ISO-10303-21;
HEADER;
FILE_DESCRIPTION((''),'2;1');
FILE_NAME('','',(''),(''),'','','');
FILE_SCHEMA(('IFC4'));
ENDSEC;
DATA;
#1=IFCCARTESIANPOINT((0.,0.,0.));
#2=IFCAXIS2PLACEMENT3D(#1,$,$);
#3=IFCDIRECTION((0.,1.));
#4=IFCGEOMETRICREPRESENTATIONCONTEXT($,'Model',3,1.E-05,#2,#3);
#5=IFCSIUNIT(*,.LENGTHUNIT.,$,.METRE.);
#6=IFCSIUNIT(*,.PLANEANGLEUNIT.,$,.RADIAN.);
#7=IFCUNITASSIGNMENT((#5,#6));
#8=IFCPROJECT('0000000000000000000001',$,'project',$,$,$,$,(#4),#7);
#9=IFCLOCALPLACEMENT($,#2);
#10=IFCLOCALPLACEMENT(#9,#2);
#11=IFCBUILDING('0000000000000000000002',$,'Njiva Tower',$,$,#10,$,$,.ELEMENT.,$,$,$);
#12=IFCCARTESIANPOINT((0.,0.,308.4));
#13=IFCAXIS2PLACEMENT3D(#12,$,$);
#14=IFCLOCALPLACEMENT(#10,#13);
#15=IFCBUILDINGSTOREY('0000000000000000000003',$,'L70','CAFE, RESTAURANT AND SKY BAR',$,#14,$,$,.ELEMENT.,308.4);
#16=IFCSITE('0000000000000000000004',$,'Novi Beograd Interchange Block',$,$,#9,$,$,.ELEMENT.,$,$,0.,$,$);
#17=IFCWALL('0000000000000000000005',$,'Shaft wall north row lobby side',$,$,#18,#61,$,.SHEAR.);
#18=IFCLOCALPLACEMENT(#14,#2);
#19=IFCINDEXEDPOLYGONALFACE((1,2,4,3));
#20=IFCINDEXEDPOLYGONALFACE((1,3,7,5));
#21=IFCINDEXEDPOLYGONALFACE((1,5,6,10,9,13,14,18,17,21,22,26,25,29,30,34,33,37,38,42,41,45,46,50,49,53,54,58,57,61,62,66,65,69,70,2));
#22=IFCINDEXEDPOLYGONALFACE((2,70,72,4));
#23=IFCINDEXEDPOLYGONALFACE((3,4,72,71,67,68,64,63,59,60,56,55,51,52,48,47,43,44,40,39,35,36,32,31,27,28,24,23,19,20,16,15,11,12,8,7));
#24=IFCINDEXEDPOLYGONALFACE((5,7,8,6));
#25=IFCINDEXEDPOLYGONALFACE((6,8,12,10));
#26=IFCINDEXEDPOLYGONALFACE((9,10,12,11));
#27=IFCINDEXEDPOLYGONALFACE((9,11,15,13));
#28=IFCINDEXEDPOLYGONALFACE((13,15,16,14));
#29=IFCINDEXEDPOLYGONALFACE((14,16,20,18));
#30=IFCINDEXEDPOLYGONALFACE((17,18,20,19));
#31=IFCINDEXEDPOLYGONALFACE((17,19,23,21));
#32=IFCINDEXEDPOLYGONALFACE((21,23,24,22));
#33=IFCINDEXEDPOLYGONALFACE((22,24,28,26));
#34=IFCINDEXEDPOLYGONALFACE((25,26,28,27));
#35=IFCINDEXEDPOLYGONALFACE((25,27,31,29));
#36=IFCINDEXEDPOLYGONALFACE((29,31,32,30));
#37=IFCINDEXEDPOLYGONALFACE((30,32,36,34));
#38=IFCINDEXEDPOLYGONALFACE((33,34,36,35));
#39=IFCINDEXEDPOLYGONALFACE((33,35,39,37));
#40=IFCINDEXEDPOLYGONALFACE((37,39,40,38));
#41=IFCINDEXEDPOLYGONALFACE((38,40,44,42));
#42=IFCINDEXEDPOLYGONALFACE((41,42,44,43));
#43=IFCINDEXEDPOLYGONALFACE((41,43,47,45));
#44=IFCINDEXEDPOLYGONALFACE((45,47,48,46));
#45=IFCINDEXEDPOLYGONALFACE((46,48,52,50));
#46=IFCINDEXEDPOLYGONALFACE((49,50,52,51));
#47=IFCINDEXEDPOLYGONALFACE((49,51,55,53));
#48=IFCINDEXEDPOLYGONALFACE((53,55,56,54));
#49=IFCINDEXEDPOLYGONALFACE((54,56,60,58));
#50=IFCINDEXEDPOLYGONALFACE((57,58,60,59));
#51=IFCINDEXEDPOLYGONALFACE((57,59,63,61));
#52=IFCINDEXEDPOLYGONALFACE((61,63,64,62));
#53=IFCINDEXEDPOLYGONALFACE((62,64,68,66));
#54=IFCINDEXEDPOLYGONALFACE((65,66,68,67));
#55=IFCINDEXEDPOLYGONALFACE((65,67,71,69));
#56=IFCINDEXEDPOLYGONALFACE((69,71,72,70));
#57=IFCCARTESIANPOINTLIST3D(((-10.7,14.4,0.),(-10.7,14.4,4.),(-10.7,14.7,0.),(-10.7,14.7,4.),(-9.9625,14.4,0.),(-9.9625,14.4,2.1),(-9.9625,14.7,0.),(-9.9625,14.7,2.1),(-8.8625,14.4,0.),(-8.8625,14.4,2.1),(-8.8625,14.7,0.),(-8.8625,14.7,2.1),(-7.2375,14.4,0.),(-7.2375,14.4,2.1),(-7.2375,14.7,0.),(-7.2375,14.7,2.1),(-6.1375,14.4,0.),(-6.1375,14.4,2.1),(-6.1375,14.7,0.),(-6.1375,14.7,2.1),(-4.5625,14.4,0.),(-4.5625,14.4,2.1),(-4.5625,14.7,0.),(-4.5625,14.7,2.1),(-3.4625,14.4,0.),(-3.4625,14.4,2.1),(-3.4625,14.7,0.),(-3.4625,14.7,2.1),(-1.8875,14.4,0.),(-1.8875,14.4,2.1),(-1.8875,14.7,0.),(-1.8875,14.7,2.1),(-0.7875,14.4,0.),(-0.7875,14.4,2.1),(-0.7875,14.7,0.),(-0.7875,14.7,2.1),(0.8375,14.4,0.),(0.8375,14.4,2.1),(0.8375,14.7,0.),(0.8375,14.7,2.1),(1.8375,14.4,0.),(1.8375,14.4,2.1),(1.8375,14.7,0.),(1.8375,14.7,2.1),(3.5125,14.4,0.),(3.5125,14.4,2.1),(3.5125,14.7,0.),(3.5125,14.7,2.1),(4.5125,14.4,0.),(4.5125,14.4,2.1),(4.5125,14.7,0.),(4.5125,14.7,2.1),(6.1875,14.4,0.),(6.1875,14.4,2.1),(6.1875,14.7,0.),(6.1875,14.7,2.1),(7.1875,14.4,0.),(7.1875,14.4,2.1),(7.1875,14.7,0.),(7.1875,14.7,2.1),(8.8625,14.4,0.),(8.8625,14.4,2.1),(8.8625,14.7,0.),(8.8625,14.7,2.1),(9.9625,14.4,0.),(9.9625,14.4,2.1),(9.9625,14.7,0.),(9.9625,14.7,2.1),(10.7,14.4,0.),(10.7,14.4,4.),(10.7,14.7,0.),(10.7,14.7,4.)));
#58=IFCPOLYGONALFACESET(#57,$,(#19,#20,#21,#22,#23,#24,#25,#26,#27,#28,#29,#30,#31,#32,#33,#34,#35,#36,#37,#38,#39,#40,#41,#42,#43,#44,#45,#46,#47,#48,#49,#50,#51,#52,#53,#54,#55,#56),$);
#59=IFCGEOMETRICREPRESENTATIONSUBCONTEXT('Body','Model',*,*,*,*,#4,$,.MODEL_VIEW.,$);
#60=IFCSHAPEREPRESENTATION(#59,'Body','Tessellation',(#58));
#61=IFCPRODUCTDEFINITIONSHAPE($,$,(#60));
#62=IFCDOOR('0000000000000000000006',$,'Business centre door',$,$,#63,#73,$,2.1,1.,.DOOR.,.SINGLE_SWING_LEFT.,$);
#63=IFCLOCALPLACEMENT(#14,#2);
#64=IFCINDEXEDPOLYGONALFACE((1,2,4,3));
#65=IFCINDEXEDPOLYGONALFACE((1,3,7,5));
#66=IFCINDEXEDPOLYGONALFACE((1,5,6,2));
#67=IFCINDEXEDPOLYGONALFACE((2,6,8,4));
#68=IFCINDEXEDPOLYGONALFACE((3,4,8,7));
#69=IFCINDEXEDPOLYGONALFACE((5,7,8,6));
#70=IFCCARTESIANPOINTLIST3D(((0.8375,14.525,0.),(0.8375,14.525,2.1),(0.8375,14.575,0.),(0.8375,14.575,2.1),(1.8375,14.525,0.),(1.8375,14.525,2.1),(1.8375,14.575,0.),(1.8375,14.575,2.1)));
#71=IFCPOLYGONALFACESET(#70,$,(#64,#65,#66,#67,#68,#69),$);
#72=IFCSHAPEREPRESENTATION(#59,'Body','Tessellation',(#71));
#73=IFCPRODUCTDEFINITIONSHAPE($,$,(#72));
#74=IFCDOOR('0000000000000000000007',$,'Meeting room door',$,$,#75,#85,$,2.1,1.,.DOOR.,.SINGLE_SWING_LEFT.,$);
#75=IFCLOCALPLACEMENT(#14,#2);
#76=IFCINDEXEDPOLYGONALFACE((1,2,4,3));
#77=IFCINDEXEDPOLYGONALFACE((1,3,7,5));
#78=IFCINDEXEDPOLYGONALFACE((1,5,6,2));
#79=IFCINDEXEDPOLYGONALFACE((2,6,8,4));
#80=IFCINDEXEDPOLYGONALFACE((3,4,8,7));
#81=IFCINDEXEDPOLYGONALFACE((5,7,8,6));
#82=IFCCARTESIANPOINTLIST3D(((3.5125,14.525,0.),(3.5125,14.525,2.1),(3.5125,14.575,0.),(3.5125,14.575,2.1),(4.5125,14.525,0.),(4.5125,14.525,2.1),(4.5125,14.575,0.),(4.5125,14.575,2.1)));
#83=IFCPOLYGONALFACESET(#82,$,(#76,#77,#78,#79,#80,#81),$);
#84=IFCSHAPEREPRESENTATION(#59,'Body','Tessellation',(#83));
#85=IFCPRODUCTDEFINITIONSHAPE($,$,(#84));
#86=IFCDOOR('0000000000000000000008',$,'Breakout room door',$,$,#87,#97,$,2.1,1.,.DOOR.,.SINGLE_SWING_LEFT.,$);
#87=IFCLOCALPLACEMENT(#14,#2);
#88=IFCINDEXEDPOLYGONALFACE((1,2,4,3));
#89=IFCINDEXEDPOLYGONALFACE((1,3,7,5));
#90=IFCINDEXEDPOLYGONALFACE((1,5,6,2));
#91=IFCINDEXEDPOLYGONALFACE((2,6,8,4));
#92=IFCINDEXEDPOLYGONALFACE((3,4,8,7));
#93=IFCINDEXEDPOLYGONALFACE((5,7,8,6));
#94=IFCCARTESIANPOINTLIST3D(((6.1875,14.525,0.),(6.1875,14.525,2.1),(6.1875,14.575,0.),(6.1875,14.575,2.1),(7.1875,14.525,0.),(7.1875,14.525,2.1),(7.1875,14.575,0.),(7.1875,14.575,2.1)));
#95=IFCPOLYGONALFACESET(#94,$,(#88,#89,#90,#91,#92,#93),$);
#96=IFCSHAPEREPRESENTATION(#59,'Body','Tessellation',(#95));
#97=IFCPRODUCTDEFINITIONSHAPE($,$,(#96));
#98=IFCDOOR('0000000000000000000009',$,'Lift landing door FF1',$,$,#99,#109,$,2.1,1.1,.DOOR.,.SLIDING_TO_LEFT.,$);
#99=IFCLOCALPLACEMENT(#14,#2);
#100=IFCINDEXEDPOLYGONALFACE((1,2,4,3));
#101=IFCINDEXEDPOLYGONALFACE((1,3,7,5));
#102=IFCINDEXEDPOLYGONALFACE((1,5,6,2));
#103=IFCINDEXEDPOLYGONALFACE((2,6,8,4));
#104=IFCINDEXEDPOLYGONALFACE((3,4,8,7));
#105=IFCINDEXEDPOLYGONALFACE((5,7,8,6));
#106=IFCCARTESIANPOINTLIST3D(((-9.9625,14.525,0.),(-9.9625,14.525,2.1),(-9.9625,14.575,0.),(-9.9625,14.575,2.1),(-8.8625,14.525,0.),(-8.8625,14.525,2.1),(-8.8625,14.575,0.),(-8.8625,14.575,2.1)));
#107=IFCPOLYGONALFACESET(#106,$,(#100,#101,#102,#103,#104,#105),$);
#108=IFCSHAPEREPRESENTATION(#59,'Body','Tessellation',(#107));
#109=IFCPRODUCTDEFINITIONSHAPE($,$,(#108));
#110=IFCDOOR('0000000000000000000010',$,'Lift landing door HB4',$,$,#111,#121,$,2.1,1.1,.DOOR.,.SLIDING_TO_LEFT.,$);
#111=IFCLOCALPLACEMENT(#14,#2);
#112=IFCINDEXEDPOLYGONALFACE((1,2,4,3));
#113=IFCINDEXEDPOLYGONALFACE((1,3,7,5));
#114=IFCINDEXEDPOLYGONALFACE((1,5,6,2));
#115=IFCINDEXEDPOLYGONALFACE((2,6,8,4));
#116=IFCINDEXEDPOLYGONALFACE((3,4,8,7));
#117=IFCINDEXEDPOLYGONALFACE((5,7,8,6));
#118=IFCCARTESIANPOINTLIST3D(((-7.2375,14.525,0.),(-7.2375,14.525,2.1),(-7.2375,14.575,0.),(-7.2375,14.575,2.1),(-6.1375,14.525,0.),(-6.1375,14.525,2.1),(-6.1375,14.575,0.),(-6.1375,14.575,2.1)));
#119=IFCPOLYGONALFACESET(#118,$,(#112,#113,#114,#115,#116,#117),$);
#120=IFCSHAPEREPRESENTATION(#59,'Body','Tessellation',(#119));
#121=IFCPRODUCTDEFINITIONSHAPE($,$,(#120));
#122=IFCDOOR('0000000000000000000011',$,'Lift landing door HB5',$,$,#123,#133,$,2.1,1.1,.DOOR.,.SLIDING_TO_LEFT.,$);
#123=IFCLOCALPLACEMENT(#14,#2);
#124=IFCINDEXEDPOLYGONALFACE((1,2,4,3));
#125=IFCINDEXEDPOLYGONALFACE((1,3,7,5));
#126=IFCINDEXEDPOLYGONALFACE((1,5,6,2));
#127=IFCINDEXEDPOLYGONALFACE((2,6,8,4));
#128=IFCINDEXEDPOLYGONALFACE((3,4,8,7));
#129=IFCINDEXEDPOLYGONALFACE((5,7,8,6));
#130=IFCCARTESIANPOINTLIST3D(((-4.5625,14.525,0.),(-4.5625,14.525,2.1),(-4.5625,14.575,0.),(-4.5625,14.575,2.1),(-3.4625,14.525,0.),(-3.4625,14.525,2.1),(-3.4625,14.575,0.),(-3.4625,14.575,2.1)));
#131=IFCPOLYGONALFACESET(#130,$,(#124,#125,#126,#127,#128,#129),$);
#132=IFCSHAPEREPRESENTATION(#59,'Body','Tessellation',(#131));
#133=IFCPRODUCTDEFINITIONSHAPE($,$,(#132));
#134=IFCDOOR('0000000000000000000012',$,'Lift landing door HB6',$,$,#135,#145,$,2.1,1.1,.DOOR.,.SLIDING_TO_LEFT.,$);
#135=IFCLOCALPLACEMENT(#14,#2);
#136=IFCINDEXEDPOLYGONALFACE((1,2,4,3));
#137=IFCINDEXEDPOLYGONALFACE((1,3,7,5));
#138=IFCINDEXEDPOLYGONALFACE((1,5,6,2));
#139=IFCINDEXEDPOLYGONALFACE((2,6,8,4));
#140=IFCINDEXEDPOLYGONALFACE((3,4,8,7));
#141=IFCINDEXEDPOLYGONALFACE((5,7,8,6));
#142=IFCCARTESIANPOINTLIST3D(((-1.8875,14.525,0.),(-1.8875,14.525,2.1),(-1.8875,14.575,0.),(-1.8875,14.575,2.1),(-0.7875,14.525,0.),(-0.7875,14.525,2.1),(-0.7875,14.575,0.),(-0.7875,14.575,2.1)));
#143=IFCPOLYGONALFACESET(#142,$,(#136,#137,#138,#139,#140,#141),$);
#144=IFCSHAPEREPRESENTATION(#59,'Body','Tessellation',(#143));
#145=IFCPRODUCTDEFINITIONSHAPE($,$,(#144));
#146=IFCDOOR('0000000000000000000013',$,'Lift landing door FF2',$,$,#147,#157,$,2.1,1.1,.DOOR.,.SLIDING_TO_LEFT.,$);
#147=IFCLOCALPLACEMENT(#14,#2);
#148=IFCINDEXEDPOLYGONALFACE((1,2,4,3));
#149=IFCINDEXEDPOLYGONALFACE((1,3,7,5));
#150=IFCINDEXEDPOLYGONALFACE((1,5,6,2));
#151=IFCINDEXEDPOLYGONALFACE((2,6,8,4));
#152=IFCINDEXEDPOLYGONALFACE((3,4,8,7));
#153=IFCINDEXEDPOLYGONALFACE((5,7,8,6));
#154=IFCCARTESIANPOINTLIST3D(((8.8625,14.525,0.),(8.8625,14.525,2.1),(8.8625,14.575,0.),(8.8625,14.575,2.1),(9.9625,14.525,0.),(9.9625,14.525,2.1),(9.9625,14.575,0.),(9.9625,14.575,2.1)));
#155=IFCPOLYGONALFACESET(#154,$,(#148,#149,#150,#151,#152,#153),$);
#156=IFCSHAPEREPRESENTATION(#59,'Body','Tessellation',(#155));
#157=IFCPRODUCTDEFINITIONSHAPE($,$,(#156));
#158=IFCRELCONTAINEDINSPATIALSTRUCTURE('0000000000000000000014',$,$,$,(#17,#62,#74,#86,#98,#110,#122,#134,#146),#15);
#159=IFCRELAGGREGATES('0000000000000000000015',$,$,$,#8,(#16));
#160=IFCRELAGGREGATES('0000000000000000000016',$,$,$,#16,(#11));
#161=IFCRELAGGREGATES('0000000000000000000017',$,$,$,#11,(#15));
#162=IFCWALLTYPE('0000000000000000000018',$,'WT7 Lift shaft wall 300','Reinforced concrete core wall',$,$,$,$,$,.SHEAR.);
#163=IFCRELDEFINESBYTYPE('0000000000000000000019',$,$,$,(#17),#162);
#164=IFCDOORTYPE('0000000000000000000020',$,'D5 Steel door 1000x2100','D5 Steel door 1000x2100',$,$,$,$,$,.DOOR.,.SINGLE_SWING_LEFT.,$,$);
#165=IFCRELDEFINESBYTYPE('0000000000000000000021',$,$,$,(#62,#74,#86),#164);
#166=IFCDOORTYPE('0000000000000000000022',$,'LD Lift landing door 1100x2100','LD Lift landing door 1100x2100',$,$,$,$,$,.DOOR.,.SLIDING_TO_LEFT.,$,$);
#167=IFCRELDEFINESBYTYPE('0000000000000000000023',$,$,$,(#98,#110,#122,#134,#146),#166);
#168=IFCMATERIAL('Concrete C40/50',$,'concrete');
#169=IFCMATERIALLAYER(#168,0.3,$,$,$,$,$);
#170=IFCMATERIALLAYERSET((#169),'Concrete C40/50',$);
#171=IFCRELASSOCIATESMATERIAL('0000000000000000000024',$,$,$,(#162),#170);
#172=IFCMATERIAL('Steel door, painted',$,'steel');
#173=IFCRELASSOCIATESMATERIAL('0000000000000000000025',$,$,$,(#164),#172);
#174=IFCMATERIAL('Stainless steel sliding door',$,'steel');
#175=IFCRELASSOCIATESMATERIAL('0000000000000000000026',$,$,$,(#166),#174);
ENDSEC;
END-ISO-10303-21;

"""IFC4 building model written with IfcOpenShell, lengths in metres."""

from ifc_helpers import new_model, si_unit, direction, frame, frame_2d, origin, place, context, subcontext, project, spatial, rectangle, extrude, material, layer, layer_set, type_object, element, fill, save


model = new_model("IFC4")

# Units and contexts
model_context = context("Model", 3, precision=1e-05, world=origin(), true_north=direction((0.0, 1.0)))
body_context = subcontext(model_context, "Body", "Model", "MODEL_VIEW")
ifc_project = project(units=[si_unit("LENGTHUNIT", "METRE"), si_unit("PLANEANGLEUNIT", "RADIAN")], contexts=[model_context])

# Site, building, storey
site_placement = place(None, origin())
site = spatial("IfcSite", under=ifc_project, at=site_placement, Name="Novi Beograd Interchange Block", CompositionType="ELEMENT", RefElevation=0.0)
building_placement = place(site_placement, origin())
building = spatial("IfcBuilding", under=site, at=building_placement, Name="Njiva Tower", CompositionType="ELEMENT")
storey_placement = place(building_placement, frame((0.0, 0.0, 308.4)))
storey = spatial("IfcBuildingStorey", under=building, at=storey_placement, Name="L70", Description="CAFE, RESTAURANT AND SKY BAR", CompositionType="ELEMENT", Elevation=308.4)

# Shared definitions
ifc_material_1 = material(Name="Concrete C40/50", Category="concrete")

# Wall, openings, doors
ifc_layer_1 = layer(ifc_material_1, 0.3)
ifc_layer_set_1 = layer_set([ifc_layer_1], Name="Concrete C40/50")
wall_type_1 = type_object("IfcWallType", Name="WT7 Lift shaft wall 300", Description="Reinforced concrete core wall", PredefinedType="SHEAR", material=ifc_layer_set_1)
wall_1_placement = place(storey_placement, frame((-10.7, 14.55, 0.0), z_axis=(0.0, 0.0, 1.0), x_axis=(1.0, 0.0, 0.0)))
wall_1 = element("IfcWall", 1, at=wall_1_placement, inside=storey, type_object=wall_type_1, Name="Shaft wall north row lobby side", PredefinedType="SHEAR", context=body_context, shape_type="SweptSolid", body=[
    extrude(rectangle(XDim=21.4, YDim=0.3, at=frame_2d((10.7, 0.0))), origin(), (0.0, 0.0, 1.0), 4.0),
])
opening_1_placement = place(wall_1_placement, frame((0.7375, 0.0, 0.0)))
opening_1 = element("IfcOpeningElement", 2, at=opening_1_placement, cuts=wall_1, PredefinedType="OPENING", context=body_context, shape_type="SweptSolid", body=[
    extrude(rectangle(XDim=1.1, YDim=2.1, at=frame_2d((0.55, 1.05))), frame((0.0, 0.16, 0.0), z_axis=(0.0, -1.0, 0.0), x_axis=(1.0, 0.0, 0.0)), (0.0, 0.0, 1.0), 0.32),
])
opening_2_placement = place(wall_1_placement, frame((3.4625, 0.0, 0.0)))
opening_2 = element("IfcOpeningElement", 3, at=opening_2_placement, cuts=wall_1, PredefinedType="OPENING", context=body_context, shape_type="SweptSolid", body=[
    extrude(rectangle(XDim=1.1, YDim=2.1, at=frame_2d((0.55, 1.05))), frame((0.0, 0.16, 0.0), z_axis=(0.0, -1.0, 0.0), x_axis=(1.0, 0.0, 0.0)), (0.0, 0.0, 1.0), 0.32),
])
opening_3_placement = place(wall_1_placement, frame((6.1375, 0.0, 0.0)))
opening_3 = element("IfcOpeningElement", 4, at=opening_3_placement, cuts=wall_1, PredefinedType="OPENING", context=body_context, shape_type="SweptSolid", body=[
    extrude(rectangle(XDim=1.1, YDim=2.1, at=frame_2d((0.55, 1.05))), frame((0.0, 0.16, 0.0), z_axis=(0.0, -1.0, 0.0), x_axis=(1.0, 0.0, 0.0)), (0.0, 0.0, 1.0), 0.32),
])
opening_4_placement = place(wall_1_placement, frame((8.8125, 0.0, 0.0)))
opening_4 = element("IfcOpeningElement", 5, at=opening_4_placement, cuts=wall_1, PredefinedType="OPENING", context=body_context, shape_type="SweptSolid", body=[
    extrude(rectangle(XDim=1.1, YDim=2.1, at=frame_2d((0.55, 1.05))), frame((0.0, 0.16, 0.0), z_axis=(0.0, -1.0, 0.0), x_axis=(1.0, 0.0, 0.0)), (0.0, 0.0, 1.0), 0.32),
])
opening_5_placement = place(wall_1_placement, frame((19.5625, 0.0, 0.0)))
opening_5 = element("IfcOpeningElement", 6, at=opening_5_placement, cuts=wall_1, PredefinedType="OPENING", context=body_context, shape_type="SweptSolid", body=[
    extrude(rectangle(XDim=1.1, YDim=2.1, at=frame_2d((0.55, 1.05))), frame((0.0, 0.16, 0.0), z_axis=(0.0, -1.0, 0.0), x_axis=(1.0, 0.0, 0.0)), (0.0, 0.0, 1.0), 0.32),
])
opening_6_placement = place(wall_1_placement, frame((11.5375, 0.0, 0.0)))
opening_6 = element("IfcOpeningElement", 7, at=opening_6_placement, cuts=wall_1, PredefinedType="OPENING", context=body_context, shape_type="SweptSolid", body=[
    extrude(rectangle(XDim=1.0, YDim=2.1, at=frame_2d((0.5, 1.05))), frame((0.0, 0.16, 0.0), z_axis=(0.0, -1.0, 0.0), x_axis=(1.0, 0.0, 0.0)), (0.0, 0.0, 1.0), 0.32),
])
opening_7_placement = place(wall_1_placement, frame((14.2125, 0.0, 0.0)))
opening_7 = element("IfcOpeningElement", 8, at=opening_7_placement, cuts=wall_1, PredefinedType="OPENING", context=body_context, shape_type="SweptSolid", body=[
    extrude(rectangle(XDim=1.0, YDim=2.1, at=frame_2d((0.5, 1.05))), frame((0.0, 0.16, 0.0), z_axis=(0.0, -1.0, 0.0), x_axis=(1.0, 0.0, 0.0)), (0.0, 0.0, 1.0), 0.32),
])
opening_8_placement = place(wall_1_placement, frame((16.8875, 0.0, 0.0)))
opening_8 = element("IfcOpeningElement", 9, at=opening_8_placement, cuts=wall_1, PredefinedType="OPENING", context=body_context, shape_type="SweptSolid", body=[
    extrude(rectangle(XDim=1.0, YDim=2.1, at=frame_2d((0.5, 1.05))), frame((0.0, 0.16, 0.0), z_axis=(0.0, -1.0, 0.0), x_axis=(1.0, 0.0, 0.0)), (0.0, 0.0, 1.0), 0.32),
])
ifc_material_2 = material(Name="Steel door, painted", Category="steel")
door_type_1 = type_object("IfcDoorType", Name="D5 Steel door 1000x2100", Description="D5 Steel door 1000x2100", OperationType="SINGLE_SWING_LEFT", PredefinedType="DOOR", material=ifc_material_2)
door_1_placement = place(opening_6_placement, origin())
door_1 = element("IfcDoor", 10, at=door_1_placement, inside=storey, type_object=door_type_1, Name="Business centre door", OperationType="SINGLE_SWING_LEFT", OverallHeight=2.1, OverallWidth=1.0, PredefinedType="DOOR", context=body_context, shape_type="SweptSolid", body=[
    extrude(rectangle(XDim=1.0, YDim=2.1, at=frame_2d((0.5, 1.05))), frame((0.0, 0.025, 0.0), z_axis=(0.0, -1.0, 0.0), x_axis=(1.0, 0.0, 0.0)), (0.0, 0.0, 1.0), 0.05),
])
fill(opening_6, door_1)
door_2_placement = place(opening_7_placement, origin())
door_2 = element("IfcDoor", 11, at=door_2_placement, inside=storey, type_object=door_type_1, Name="Meeting room door", OperationType="SINGLE_SWING_LEFT", OverallHeight=2.1, OverallWidth=1.0, PredefinedType="DOOR", context=body_context, shape_type="SweptSolid", body=[
    extrude(rectangle(XDim=1.0, YDim=2.1, at=frame_2d((0.5, 1.05))), frame((0.0, 0.025, 0.0), z_axis=(0.0, -1.0, 0.0), x_axis=(1.0, 0.0, 0.0)), (0.0, 0.0, 1.0), 0.05),
])
fill(opening_7, door_2)
door_3_placement = place(opening_8_placement, origin())
door_3 = element("IfcDoor", 12, at=door_3_placement, inside=storey, type_object=door_type_1, Name="Breakout room door", OperationType="SINGLE_SWING_LEFT", OverallHeight=2.1, OverallWidth=1.0, PredefinedType="DOOR", context=body_context, shape_type="SweptSolid", body=[
    extrude(rectangle(XDim=1.0, YDim=2.1, at=frame_2d((0.5, 1.05))), frame((0.0, 0.025, 0.0), z_axis=(0.0, -1.0, 0.0), x_axis=(1.0, 0.0, 0.0)), (0.0, 0.0, 1.0), 0.05),
])
fill(opening_8, door_3)
ifc_material_3 = material(Name="Stainless steel sliding door", Category="steel")
door_type_2 = type_object("IfcDoorType", Name="LD Lift landing door 1100x2100", Description="LD Lift landing door 1100x2100", OperationType="SLIDING_TO_LEFT", PredefinedType="DOOR", material=ifc_material_3)
door_4_placement = place(opening_1_placement, origin())
door_4 = element("IfcDoor", 13, at=door_4_placement, inside=storey, type_object=door_type_2, Name="Lift landing door FF1", OperationType="SLIDING_TO_LEFT", OverallHeight=2.1, OverallWidth=1.1, PredefinedType="DOOR", context=body_context, shape_type="SweptSolid", body=[
    extrude(rectangle(XDim=1.1, YDim=2.1, at=frame_2d((0.55, 1.05))), frame((0.0, 0.025, 0.0), z_axis=(0.0, -1.0, 0.0), x_axis=(1.0, 0.0, 0.0)), (0.0, 0.0, 1.0), 0.05),
])
fill(opening_1, door_4)
door_5_placement = place(opening_2_placement, origin())
door_5 = element("IfcDoor", 14, at=door_5_placement, inside=storey, type_object=door_type_2, Name="Lift landing door HB4", OperationType="SLIDING_TO_LEFT", OverallHeight=2.1, OverallWidth=1.1, PredefinedType="DOOR", context=body_context, shape_type="SweptSolid", body=[
    extrude(rectangle(XDim=1.1, YDim=2.1, at=frame_2d((0.55, 1.05))), frame((0.0, 0.025, 0.0), z_axis=(0.0, -1.0, 0.0), x_axis=(1.0, 0.0, 0.0)), (0.0, 0.0, 1.0), 0.05),
])
fill(opening_2, door_5)
door_6_placement = place(opening_3_placement, origin())
door_6 = element("IfcDoor", 15, at=door_6_placement, inside=storey, type_object=door_type_2, Name="Lift landing door HB5", OperationType="SLIDING_TO_LEFT", OverallHeight=2.1, OverallWidth=1.1, PredefinedType="DOOR", context=body_context, shape_type="SweptSolid", body=[
    extrude(rectangle(XDim=1.1, YDim=2.1, at=frame_2d((0.55, 1.05))), frame((0.0, 0.025, 0.0), z_axis=(0.0, -1.0, 0.0), x_axis=(1.0, 0.0, 0.0)), (0.0, 0.0, 1.0), 0.05),
])
fill(opening_3, door_6)
door_7_placement = place(opening_4_placement, origin())
door_7 = element("IfcDoor", 16, at=door_7_placement, inside=storey, type_object=door_type_2, Name="Lift landing door HB6", OperationType="SLIDING_TO_LEFT", OverallHeight=2.1, OverallWidth=1.1, PredefinedType="DOOR", context=body_context, shape_type="SweptSolid", body=[
    extrude(rectangle(XDim=1.1, YDim=2.1, at=frame_2d((0.55, 1.05))), frame((0.0, 0.025, 0.0), z_axis=(0.0, -1.0, 0.0), x_axis=(1.0, 0.0, 0.0)), (0.0, 0.0, 1.0), 0.05),
])
fill(opening_4, door_7)
door_8_placement = place(opening_5_placement, origin())
door_8 = element("IfcDoor", 17, at=door_8_placement, inside=storey, type_object=door_type_2, Name="Lift landing door FF2", OperationType="SLIDING_TO_LEFT", OverallHeight=2.1, OverallWidth=1.1, PredefinedType="DOOR", context=body_context, shape_type="SweptSolid", body=[
    extrude(rectangle(XDim=1.1, YDim=2.1, at=frame_2d((0.55, 1.05))), frame((0.0, 0.025, 0.0), z_axis=(0.0, -1.0, 0.0), x_axis=(1.0, 0.0, 0.0)), (0.0, 0.0, 1.0), 0.05),
])
fill(opening_5, door_8)

save(model, "model.ifc")
